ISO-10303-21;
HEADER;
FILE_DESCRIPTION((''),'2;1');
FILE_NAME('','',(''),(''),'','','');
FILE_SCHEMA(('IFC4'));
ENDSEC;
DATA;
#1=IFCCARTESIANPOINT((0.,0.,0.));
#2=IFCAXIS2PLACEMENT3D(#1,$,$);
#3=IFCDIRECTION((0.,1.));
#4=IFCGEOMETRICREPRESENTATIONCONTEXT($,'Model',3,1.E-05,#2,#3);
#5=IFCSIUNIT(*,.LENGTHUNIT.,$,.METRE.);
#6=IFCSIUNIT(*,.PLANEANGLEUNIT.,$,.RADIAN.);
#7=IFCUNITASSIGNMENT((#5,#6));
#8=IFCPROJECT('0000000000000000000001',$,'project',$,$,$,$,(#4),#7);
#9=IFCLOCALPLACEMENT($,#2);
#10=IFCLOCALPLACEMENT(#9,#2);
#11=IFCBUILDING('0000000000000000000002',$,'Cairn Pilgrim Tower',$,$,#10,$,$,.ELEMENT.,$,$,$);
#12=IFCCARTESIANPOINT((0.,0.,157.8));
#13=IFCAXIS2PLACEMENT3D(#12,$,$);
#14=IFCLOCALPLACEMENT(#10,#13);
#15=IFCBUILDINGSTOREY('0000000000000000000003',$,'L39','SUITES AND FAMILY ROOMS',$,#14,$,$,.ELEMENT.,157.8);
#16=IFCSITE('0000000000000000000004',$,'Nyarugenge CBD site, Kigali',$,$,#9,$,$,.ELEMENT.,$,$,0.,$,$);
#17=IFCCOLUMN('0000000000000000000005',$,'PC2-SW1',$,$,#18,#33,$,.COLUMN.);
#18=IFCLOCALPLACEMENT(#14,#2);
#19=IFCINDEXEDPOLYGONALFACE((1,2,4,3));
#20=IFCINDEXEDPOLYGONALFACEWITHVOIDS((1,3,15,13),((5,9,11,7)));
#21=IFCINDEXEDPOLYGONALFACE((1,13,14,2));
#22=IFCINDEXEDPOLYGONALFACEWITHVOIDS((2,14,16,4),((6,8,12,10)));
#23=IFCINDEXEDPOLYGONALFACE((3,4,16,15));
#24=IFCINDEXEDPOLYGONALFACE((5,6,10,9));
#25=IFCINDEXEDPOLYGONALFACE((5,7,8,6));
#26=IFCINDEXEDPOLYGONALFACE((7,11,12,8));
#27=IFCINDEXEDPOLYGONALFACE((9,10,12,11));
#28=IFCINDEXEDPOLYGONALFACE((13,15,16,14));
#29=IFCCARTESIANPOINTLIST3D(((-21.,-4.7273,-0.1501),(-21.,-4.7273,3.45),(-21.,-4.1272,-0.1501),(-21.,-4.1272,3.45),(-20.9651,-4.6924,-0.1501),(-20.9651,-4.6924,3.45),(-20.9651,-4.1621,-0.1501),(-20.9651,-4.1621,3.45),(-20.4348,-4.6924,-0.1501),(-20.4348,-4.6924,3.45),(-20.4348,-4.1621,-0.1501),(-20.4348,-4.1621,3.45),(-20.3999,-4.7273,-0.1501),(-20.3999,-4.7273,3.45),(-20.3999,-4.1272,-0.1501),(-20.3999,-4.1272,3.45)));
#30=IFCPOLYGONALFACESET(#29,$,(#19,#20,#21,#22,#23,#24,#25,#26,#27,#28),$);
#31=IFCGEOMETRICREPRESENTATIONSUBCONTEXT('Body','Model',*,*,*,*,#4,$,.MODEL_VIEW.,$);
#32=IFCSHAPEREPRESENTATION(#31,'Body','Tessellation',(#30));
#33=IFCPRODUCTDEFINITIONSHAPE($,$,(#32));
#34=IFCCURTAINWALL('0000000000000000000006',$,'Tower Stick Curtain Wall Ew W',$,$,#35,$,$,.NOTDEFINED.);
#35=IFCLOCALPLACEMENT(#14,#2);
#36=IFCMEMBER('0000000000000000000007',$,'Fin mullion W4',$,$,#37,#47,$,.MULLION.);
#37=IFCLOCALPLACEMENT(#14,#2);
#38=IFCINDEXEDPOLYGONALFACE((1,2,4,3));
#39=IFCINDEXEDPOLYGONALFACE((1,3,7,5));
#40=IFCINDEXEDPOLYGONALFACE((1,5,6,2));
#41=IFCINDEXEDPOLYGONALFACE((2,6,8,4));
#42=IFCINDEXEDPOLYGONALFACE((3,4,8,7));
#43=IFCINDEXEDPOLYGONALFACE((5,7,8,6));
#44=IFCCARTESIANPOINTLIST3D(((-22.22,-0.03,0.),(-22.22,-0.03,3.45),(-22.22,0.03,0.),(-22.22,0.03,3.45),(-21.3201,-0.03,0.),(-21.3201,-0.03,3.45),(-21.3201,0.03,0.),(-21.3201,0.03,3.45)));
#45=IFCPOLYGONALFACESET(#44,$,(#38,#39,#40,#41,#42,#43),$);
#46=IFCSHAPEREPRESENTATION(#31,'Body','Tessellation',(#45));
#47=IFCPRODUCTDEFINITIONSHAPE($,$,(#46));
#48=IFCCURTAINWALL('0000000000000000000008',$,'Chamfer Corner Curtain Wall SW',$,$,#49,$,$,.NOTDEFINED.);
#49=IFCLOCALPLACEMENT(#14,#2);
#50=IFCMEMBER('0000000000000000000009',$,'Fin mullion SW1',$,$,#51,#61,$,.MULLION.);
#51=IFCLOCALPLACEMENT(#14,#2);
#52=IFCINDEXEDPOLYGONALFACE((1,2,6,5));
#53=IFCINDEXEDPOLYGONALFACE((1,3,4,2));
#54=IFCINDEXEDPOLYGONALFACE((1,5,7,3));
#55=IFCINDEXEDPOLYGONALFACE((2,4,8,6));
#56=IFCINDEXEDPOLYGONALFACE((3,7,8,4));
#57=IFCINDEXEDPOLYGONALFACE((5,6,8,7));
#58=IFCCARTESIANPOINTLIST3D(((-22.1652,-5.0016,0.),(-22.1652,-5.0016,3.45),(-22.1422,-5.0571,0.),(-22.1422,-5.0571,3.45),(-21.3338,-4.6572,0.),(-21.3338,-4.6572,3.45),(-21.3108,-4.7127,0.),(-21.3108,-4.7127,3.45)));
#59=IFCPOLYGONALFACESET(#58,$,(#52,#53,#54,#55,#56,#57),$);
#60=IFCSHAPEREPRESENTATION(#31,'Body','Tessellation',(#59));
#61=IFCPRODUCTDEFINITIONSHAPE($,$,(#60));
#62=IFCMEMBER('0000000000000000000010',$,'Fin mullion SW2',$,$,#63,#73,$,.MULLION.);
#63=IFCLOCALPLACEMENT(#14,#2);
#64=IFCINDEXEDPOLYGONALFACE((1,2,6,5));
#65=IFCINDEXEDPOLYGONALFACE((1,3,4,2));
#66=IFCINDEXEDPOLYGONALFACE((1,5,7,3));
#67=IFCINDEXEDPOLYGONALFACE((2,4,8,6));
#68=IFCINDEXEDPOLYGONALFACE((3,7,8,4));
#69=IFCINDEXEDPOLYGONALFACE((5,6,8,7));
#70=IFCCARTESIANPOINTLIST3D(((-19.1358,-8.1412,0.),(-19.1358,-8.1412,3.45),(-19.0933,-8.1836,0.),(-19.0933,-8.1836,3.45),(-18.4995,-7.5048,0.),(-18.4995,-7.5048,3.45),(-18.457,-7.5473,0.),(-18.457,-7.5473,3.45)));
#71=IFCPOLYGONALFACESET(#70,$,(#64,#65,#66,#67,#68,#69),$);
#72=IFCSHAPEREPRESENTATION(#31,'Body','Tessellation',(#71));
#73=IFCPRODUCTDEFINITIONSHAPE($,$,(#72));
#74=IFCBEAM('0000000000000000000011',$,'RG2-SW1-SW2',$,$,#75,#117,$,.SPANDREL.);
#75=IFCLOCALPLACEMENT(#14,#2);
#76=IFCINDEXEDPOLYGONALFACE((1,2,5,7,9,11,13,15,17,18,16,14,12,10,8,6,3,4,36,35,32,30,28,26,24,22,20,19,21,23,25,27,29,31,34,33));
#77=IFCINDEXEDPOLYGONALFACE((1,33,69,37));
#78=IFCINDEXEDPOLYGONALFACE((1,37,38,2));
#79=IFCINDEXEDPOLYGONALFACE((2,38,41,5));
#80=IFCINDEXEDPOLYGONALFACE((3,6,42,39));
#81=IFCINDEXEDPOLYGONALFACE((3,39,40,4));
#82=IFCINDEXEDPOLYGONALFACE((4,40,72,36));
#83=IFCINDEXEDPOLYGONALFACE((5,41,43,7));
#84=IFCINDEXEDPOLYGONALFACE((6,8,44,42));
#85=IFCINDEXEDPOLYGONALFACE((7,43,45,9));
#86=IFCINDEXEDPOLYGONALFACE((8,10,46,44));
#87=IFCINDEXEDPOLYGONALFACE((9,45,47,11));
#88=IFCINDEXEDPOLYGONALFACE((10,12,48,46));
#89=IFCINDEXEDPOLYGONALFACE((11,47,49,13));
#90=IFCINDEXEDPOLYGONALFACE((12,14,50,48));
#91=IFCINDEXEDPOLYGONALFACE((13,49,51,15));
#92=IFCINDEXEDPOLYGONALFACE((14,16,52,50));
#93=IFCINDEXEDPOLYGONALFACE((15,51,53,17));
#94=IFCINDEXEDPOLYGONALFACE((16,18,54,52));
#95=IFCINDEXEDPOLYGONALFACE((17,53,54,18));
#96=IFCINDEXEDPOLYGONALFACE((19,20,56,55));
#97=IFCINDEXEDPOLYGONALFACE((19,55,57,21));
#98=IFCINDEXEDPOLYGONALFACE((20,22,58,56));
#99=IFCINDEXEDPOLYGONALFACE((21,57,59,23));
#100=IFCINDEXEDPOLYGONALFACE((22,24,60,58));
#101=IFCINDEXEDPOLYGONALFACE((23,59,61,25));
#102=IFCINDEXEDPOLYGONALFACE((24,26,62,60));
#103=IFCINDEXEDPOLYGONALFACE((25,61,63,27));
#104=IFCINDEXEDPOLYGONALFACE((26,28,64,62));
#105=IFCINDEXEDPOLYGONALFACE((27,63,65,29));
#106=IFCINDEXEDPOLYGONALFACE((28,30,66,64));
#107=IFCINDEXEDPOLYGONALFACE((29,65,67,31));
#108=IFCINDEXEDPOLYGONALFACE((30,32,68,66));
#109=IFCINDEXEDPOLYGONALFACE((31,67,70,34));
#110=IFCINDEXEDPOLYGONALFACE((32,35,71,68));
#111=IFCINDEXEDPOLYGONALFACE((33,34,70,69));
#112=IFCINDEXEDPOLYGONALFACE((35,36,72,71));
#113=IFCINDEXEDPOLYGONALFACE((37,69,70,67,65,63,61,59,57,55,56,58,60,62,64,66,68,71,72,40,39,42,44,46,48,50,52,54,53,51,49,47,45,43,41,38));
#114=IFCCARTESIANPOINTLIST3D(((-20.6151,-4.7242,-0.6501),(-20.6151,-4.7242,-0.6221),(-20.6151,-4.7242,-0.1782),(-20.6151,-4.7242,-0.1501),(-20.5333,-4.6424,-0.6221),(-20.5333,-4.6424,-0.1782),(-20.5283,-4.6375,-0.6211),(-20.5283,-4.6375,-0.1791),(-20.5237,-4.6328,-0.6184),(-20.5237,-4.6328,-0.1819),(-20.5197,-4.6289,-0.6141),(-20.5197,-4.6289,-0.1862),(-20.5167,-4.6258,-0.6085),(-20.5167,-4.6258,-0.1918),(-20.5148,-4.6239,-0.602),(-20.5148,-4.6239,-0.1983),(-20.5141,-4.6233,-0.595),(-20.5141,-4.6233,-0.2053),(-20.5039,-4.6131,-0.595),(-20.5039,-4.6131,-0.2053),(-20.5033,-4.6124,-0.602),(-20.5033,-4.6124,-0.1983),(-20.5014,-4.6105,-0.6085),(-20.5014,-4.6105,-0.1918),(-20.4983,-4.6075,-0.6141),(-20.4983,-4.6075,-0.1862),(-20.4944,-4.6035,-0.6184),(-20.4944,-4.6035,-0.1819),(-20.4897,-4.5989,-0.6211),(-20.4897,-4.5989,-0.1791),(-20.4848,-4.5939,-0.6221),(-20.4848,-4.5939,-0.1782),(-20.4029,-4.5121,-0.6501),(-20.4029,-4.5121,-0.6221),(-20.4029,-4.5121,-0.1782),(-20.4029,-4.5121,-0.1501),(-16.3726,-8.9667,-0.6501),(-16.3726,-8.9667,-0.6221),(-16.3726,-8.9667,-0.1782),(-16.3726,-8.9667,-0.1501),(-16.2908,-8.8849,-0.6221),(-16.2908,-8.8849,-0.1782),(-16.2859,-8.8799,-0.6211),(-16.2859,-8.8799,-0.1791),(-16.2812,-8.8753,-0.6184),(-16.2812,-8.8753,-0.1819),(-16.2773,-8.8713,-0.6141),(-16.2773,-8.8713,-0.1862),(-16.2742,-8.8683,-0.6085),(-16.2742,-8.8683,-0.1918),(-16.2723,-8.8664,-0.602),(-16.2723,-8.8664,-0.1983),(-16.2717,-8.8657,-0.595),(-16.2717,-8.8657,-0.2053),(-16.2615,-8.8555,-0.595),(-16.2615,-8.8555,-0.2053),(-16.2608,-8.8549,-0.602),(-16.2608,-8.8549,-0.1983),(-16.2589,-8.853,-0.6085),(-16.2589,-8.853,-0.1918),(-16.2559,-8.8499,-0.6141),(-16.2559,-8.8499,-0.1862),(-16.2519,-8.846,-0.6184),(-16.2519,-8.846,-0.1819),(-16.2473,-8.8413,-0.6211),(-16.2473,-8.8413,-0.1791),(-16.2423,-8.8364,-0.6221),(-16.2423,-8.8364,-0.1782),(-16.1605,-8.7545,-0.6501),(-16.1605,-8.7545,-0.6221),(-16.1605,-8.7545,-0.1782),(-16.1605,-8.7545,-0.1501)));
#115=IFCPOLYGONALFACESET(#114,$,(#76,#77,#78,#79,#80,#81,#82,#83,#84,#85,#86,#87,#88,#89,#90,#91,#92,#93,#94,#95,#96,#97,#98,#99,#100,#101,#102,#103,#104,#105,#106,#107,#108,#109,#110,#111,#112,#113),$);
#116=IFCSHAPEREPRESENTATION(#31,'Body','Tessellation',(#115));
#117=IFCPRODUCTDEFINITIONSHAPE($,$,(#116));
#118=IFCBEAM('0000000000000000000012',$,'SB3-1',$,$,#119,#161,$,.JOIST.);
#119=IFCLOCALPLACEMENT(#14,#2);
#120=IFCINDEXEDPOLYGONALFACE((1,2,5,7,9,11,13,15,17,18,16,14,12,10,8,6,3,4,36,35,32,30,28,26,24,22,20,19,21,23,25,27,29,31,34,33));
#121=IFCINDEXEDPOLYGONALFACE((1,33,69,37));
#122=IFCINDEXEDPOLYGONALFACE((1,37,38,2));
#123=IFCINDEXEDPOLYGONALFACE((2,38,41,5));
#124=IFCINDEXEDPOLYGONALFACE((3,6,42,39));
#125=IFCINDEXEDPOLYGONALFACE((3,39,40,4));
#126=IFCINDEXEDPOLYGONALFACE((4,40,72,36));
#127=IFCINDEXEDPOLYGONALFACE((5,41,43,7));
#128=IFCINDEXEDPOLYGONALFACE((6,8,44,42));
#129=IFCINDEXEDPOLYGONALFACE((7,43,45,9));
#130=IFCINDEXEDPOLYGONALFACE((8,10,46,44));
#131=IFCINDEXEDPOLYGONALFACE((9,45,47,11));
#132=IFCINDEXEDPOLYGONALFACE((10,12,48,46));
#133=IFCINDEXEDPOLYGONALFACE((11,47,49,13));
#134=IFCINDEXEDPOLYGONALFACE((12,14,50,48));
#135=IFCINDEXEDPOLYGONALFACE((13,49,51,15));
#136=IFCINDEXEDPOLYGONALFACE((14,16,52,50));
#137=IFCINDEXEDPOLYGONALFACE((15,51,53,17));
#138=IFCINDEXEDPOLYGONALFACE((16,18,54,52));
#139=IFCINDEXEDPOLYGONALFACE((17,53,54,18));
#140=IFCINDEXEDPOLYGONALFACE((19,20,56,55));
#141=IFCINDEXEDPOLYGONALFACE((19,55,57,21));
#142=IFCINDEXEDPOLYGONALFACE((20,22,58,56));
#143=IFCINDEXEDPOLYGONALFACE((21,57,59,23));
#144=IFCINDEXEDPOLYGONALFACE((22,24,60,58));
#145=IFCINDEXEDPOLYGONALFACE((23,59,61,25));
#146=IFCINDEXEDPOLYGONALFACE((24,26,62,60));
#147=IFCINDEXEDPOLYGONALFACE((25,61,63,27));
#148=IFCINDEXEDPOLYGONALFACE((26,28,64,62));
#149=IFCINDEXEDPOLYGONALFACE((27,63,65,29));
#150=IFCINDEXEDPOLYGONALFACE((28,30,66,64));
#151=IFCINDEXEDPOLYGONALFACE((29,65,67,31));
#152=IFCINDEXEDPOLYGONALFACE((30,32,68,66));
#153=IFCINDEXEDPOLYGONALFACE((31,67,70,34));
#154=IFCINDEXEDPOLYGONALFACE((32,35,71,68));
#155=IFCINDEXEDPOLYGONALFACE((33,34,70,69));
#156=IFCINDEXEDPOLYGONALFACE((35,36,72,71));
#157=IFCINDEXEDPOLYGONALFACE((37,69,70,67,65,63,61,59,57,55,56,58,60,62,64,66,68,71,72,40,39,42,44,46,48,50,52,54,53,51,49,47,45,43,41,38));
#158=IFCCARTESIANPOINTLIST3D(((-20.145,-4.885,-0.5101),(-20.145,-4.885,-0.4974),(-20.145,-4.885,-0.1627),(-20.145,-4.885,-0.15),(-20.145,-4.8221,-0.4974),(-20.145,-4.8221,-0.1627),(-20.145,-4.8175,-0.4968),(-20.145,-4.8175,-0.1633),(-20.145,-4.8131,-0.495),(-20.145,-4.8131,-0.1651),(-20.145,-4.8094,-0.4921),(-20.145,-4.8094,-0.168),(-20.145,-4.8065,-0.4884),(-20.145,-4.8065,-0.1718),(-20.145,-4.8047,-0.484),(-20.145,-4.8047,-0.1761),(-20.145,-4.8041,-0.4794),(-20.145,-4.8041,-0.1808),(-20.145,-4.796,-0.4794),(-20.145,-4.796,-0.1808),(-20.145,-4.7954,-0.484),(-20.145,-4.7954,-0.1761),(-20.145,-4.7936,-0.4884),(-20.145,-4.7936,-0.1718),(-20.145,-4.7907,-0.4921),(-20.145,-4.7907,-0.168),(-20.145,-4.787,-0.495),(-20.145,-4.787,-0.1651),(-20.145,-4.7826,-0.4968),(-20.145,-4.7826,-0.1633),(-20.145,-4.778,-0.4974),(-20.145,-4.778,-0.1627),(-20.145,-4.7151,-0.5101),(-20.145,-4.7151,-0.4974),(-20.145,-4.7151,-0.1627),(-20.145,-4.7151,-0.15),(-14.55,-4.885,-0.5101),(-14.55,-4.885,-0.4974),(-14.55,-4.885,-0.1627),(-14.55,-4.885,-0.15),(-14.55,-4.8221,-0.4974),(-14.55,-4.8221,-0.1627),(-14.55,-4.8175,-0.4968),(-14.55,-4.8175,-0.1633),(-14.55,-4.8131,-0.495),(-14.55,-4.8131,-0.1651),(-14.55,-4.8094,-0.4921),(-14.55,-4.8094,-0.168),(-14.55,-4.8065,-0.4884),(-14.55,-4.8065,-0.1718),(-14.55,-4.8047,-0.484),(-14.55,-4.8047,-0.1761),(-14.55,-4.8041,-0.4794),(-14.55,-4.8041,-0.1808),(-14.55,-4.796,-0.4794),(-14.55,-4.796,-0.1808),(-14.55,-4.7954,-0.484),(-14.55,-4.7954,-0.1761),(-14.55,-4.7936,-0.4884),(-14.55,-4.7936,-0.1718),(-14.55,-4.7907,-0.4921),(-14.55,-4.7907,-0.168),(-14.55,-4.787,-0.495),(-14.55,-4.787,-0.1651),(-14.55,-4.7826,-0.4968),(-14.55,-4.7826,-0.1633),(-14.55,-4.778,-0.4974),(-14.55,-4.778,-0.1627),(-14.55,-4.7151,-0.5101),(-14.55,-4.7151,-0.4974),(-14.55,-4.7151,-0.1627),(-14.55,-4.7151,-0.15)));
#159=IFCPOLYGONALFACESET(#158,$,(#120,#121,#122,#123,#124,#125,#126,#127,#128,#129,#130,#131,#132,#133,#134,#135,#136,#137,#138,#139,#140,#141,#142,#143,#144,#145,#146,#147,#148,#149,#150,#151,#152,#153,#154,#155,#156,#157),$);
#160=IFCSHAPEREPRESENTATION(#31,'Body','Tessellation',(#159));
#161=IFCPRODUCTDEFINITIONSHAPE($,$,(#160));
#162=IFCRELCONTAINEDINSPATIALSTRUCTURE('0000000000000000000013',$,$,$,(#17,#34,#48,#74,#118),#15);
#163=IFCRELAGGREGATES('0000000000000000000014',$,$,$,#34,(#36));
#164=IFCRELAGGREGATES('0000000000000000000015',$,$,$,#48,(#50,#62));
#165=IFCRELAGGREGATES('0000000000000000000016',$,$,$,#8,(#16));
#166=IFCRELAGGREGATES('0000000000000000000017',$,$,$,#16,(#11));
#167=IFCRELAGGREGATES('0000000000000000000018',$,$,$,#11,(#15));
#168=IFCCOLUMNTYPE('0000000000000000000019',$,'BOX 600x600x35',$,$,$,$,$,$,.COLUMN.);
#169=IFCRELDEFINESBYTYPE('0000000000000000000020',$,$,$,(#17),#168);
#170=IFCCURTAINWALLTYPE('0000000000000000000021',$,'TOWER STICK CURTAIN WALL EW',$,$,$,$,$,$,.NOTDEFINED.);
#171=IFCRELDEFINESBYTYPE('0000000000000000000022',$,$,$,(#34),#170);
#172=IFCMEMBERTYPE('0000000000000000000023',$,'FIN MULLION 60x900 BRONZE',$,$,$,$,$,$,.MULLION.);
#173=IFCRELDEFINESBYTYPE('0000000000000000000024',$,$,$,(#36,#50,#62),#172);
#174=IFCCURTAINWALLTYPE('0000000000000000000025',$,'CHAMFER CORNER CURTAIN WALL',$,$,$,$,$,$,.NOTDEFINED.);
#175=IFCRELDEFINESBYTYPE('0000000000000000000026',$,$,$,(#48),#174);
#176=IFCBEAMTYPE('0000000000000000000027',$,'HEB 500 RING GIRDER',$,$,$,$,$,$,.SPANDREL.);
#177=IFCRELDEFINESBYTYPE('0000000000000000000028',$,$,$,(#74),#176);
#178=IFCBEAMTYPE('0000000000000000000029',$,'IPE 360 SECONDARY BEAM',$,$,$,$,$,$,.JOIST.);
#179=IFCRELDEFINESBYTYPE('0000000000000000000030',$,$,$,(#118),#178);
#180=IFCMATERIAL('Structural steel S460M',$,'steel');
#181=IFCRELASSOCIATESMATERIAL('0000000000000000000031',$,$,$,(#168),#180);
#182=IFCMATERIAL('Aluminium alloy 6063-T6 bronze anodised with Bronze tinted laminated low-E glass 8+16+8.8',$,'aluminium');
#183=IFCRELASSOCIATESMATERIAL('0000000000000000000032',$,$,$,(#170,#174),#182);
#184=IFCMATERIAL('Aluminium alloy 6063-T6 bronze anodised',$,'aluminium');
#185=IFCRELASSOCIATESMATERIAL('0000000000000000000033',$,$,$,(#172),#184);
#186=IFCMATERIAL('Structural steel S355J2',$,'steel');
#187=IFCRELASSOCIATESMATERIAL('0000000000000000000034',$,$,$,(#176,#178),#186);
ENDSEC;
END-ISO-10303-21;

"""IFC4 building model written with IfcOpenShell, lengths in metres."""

from ifc_helpers import new_model, si_unit, direction, frame, origin, origin_2d, place, context, subcontext, project, spatial, rectangle, hollow_rectangle, i_section, extrude, material, material_profile, profile_set, type_object, element, aggregate, save


model = new_model("IFC4")

# Units and contexts
model_context = context("Model", 3, precision=1e-05, world=origin(), true_north=direction((0.0, 1.0)))
body_context = subcontext(model_context, "Body", "Model", "MODEL_VIEW")
ifc_project = project(units=[si_unit("LENGTHUNIT", "METRE"), si_unit("PLANEANGLEUNIT", "RADIAN")], contexts=[model_context])

# Site, building, storey
site_placement = place(None, origin())
site = spatial("IfcSite", under=ifc_project, at=site_placement, Name="Nyarugenge CBD site, Kigali", CompositionType="ELEMENT", RefElevation=0.0)
building_placement = place(site_placement, origin())
building = spatial("IfcBuilding", under=site, at=building_placement, Name="Cairn Pilgrim Tower", CompositionType="ELEMENT")
storey_placement = place(building_placement, frame((0.0, 0.0, 157.8)))
storey = spatial("IfcBuildingStorey", under=building, at=storey_placement, Name="L39", Description="SUITES AND FAMILY ROOMS", CompositionType="ELEMENT", Elevation=157.8)

# Column
ifc_material_1 = material(Name="Structural steel S460M", Category="steel")
ifc_material_profile_1 = material_profile(ifc_material_1, hollow_rectangle(XDim=0.6001, YDim=0.6001, WallThickness=0.0349, at=origin_2d()), Name="BOX 600x600x35")
ifc_profile_set_1 = profile_set([ifc_material_profile_1], Name="Structural steel S460M")
column_type = type_object("IfcColumnType", Name="BOX 600x600x35", PredefinedType="COLUMN", material=ifc_profile_set_1)
column_placement = place(storey_placement, frame((-20.7, -4.4272, -0.1501), z_axis=(0.0, 0.0, 1.0), x_axis=(1.0, 0.0, 0.0)))
element("IfcColumn", 1, at=column_placement, inside=storey, type_object=column_type, Name="PC2-SW1", PredefinedType="COLUMN", context=body_context, shape_type="SweptSolid", body=[
    extrude(hollow_rectangle(XDim=0.6001, YDim=0.6001, WallThickness=0.0349, at=origin_2d()), origin(), (0.0, 0.0, 1.0), 3.6001),
])

# Curtain wall, member
ifc_material_2 = material(Name="Aluminium alloy 6063-T6 bronze anodised with Bronze tinted laminated low-E glass 8+16+8.8", Category="aluminium")
curtain_wall_type_1 = type_object("IfcCurtainWallType", Name="TOWER STICK CURTAIN WALL EW", PredefinedType="NOTDEFINED", material=ifc_material_2)
curtain_wall_1_placement = place(storey_placement, origin())
curtain_wall_1 = element("IfcCurtainWall", 2, at=curtain_wall_1_placement, inside=storey, type_object=curtain_wall_type_1, Name="Tower Stick Curtain Wall Ew W", PredefinedType="NOTDEFINED")
ifc_material_3 = material(Name="Aluminium alloy 6063-T6 bronze anodised", Category="aluminium")
ifc_material_profile_2 = material_profile(ifc_material_3, rectangle(XDim=0.8999, YDim=0.0601, at=origin_2d()), Name="FIN MULLION 60x900 BRONZE")
ifc_profile_set_2 = profile_set([ifc_material_profile_2], Name="Aluminium alloy 6063-T6 bronze anodised")
member_type_1 = type_object("IfcMemberType", Name="FIN MULLION 60x900 BRONZE", PredefinedType="MULLION", material=ifc_profile_set_2)
member_1_placement = place(storey_placement, frame((-21.77, 0.0, 0.0), z_axis=(0.0, 0.0, 1.0), x_axis=(-1.0, 0.0, 0.0)))
member_1 = element("IfcMember", 3, at=member_1_placement, type_object=member_type_1, Name="Fin mullion W4", PredefinedType="MULLION", context=body_context, shape_type="SweptSolid", body=[
    extrude(rectangle(XDim=0.8999, YDim=0.0601, at=origin_2d()), origin(), (0.0, 0.0, 1.0), 3.45),
])
aggregate(curtain_wall_1, [member_1])

# Curtain wall, members
curtain_wall_type_2 = type_object("IfcCurtainWallType", Name="CHAMFER CORNER CURTAIN WALL", PredefinedType="NOTDEFINED", material=ifc_material_2)
curtain_wall_2_placement = place(storey_placement, origin())
curtain_wall_2 = element("IfcCurtainWall", 4, at=curtain_wall_2_placement, inside=storey, type_object=curtain_wall_type_2, Name="Chamfer Corner Curtain Wall SW", PredefinedType="NOTDEFINED")
member_2_placement = place(storey_placement, frame((-21.738, -4.8572, 0.0), z_axis=(0.0, 0.0, 1.0), x_axis=(-0.92388, -0.382683, 0.0)))
member_2 = element("IfcMember", 5, at=member_2_placement, type_object=member_type_1, Name="Fin mullion SW1", PredefinedType="MULLION", context=body_context, shape_type="SweptSolid", body=[
    extrude(rectangle(XDim=0.8999, YDim=0.0601, at=origin_2d()), origin(), (0.0, 0.0, 1.0), 3.45),
])
member_3_placement = place(storey_placement, frame((-18.7964, -7.8442, 0.0), z_axis=(0.0, 0.0, 1.0), x_axis=(-0.707107, -0.707107, 0.0)))
member_3 = element("IfcMember", 6, at=member_3_placement, type_object=member_type_1, Name="Fin mullion SW2", PredefinedType="MULLION", context=body_context, shape_type="SweptSolid", body=[
    extrude(rectangle(XDim=0.8999, YDim=0.0601, at=origin_2d()), origin(), (0.0, 0.0, 1.0), 3.45),
])

# Beams
ifc_material_4 = material(Name="Structural steel S355J2", Category="steel")
ifc_material_profile_3 = material_profile(ifc_material_4, i_section(OverallWidth=0.3, OverallDepth=0.5, WebThickness=0.0144, FlangeThickness=0.0281, FilletRadius=0.0271, at=origin_2d()), Name="HEB 500")
ifc_profile_set_3 = profile_set([ifc_material_profile_3], Name="Structural steel S355J2")
beam_type_1 = type_object("IfcBeamType", Name="HEB 500 RING GIRDER", PredefinedType="SPANDREL", material=ifc_profile_set_3)
beam_1_placement = place(storey_placement, frame((-20.509, -4.6182, -0.4001), z_axis=(0.707107, -0.707107, 0.0), x_axis=(0.707107, 0.707107, 0.0)))
element("IfcBeam", 7, at=beam_1_placement, inside=storey, type_object=beam_type_1, Name="RG2-SW1-SW2", PredefinedType="SPANDREL", context=body_context, shape_type="SweptSolid", body=[
    extrude(i_section(OverallWidth=0.3, OverallDepth=0.5, WebThickness=0.0144, FlangeThickness=0.0281, FilletRadius=0.0271, at=origin_2d()), origin(), (0.0, 0.0, 1.0), 5.9998),
])
ifc_material_profile_4 = material_profile(ifc_material_4, i_section(OverallWidth=0.1699, OverallDepth=0.3601, WebThickness=0.0081, FlangeThickness=0.0127, FilletRadius=0.0181, at=origin_2d()), Name="IPE 360")
ifc_profile_set_4 = profile_set([ifc_material_profile_4], Name="Structural steel S355J2")
beam_type_2 = type_object("IfcBeamType", Name="IPE 360 SECONDARY BEAM", PredefinedType="JOIST", material=ifc_profile_set_4)
beam_2_placement = place(storey_placement, frame((-20.145, -4.8, -0.3301), z_axis=(1.0, 0.0, 0.0), x_axis=(0.0, 1.0, 0.0)))
element("IfcBeam", 8, at=beam_2_placement, inside=storey, type_object=beam_type_2, Name="SB3-1", PredefinedType="JOIST", context=body_context, shape_type="SweptSolid", body=[
    extrude(i_section(OverallWidth=0.1699, OverallDepth=0.3601, WebThickness=0.0081, FlangeThickness=0.0127, FilletRadius=0.0181, at=origin_2d()), origin(), (0.0, 0.0, 1.0), 5.595),
])

aggregate(curtain_wall_2, [member_2, member_3])

save(model, "model.ifc")
